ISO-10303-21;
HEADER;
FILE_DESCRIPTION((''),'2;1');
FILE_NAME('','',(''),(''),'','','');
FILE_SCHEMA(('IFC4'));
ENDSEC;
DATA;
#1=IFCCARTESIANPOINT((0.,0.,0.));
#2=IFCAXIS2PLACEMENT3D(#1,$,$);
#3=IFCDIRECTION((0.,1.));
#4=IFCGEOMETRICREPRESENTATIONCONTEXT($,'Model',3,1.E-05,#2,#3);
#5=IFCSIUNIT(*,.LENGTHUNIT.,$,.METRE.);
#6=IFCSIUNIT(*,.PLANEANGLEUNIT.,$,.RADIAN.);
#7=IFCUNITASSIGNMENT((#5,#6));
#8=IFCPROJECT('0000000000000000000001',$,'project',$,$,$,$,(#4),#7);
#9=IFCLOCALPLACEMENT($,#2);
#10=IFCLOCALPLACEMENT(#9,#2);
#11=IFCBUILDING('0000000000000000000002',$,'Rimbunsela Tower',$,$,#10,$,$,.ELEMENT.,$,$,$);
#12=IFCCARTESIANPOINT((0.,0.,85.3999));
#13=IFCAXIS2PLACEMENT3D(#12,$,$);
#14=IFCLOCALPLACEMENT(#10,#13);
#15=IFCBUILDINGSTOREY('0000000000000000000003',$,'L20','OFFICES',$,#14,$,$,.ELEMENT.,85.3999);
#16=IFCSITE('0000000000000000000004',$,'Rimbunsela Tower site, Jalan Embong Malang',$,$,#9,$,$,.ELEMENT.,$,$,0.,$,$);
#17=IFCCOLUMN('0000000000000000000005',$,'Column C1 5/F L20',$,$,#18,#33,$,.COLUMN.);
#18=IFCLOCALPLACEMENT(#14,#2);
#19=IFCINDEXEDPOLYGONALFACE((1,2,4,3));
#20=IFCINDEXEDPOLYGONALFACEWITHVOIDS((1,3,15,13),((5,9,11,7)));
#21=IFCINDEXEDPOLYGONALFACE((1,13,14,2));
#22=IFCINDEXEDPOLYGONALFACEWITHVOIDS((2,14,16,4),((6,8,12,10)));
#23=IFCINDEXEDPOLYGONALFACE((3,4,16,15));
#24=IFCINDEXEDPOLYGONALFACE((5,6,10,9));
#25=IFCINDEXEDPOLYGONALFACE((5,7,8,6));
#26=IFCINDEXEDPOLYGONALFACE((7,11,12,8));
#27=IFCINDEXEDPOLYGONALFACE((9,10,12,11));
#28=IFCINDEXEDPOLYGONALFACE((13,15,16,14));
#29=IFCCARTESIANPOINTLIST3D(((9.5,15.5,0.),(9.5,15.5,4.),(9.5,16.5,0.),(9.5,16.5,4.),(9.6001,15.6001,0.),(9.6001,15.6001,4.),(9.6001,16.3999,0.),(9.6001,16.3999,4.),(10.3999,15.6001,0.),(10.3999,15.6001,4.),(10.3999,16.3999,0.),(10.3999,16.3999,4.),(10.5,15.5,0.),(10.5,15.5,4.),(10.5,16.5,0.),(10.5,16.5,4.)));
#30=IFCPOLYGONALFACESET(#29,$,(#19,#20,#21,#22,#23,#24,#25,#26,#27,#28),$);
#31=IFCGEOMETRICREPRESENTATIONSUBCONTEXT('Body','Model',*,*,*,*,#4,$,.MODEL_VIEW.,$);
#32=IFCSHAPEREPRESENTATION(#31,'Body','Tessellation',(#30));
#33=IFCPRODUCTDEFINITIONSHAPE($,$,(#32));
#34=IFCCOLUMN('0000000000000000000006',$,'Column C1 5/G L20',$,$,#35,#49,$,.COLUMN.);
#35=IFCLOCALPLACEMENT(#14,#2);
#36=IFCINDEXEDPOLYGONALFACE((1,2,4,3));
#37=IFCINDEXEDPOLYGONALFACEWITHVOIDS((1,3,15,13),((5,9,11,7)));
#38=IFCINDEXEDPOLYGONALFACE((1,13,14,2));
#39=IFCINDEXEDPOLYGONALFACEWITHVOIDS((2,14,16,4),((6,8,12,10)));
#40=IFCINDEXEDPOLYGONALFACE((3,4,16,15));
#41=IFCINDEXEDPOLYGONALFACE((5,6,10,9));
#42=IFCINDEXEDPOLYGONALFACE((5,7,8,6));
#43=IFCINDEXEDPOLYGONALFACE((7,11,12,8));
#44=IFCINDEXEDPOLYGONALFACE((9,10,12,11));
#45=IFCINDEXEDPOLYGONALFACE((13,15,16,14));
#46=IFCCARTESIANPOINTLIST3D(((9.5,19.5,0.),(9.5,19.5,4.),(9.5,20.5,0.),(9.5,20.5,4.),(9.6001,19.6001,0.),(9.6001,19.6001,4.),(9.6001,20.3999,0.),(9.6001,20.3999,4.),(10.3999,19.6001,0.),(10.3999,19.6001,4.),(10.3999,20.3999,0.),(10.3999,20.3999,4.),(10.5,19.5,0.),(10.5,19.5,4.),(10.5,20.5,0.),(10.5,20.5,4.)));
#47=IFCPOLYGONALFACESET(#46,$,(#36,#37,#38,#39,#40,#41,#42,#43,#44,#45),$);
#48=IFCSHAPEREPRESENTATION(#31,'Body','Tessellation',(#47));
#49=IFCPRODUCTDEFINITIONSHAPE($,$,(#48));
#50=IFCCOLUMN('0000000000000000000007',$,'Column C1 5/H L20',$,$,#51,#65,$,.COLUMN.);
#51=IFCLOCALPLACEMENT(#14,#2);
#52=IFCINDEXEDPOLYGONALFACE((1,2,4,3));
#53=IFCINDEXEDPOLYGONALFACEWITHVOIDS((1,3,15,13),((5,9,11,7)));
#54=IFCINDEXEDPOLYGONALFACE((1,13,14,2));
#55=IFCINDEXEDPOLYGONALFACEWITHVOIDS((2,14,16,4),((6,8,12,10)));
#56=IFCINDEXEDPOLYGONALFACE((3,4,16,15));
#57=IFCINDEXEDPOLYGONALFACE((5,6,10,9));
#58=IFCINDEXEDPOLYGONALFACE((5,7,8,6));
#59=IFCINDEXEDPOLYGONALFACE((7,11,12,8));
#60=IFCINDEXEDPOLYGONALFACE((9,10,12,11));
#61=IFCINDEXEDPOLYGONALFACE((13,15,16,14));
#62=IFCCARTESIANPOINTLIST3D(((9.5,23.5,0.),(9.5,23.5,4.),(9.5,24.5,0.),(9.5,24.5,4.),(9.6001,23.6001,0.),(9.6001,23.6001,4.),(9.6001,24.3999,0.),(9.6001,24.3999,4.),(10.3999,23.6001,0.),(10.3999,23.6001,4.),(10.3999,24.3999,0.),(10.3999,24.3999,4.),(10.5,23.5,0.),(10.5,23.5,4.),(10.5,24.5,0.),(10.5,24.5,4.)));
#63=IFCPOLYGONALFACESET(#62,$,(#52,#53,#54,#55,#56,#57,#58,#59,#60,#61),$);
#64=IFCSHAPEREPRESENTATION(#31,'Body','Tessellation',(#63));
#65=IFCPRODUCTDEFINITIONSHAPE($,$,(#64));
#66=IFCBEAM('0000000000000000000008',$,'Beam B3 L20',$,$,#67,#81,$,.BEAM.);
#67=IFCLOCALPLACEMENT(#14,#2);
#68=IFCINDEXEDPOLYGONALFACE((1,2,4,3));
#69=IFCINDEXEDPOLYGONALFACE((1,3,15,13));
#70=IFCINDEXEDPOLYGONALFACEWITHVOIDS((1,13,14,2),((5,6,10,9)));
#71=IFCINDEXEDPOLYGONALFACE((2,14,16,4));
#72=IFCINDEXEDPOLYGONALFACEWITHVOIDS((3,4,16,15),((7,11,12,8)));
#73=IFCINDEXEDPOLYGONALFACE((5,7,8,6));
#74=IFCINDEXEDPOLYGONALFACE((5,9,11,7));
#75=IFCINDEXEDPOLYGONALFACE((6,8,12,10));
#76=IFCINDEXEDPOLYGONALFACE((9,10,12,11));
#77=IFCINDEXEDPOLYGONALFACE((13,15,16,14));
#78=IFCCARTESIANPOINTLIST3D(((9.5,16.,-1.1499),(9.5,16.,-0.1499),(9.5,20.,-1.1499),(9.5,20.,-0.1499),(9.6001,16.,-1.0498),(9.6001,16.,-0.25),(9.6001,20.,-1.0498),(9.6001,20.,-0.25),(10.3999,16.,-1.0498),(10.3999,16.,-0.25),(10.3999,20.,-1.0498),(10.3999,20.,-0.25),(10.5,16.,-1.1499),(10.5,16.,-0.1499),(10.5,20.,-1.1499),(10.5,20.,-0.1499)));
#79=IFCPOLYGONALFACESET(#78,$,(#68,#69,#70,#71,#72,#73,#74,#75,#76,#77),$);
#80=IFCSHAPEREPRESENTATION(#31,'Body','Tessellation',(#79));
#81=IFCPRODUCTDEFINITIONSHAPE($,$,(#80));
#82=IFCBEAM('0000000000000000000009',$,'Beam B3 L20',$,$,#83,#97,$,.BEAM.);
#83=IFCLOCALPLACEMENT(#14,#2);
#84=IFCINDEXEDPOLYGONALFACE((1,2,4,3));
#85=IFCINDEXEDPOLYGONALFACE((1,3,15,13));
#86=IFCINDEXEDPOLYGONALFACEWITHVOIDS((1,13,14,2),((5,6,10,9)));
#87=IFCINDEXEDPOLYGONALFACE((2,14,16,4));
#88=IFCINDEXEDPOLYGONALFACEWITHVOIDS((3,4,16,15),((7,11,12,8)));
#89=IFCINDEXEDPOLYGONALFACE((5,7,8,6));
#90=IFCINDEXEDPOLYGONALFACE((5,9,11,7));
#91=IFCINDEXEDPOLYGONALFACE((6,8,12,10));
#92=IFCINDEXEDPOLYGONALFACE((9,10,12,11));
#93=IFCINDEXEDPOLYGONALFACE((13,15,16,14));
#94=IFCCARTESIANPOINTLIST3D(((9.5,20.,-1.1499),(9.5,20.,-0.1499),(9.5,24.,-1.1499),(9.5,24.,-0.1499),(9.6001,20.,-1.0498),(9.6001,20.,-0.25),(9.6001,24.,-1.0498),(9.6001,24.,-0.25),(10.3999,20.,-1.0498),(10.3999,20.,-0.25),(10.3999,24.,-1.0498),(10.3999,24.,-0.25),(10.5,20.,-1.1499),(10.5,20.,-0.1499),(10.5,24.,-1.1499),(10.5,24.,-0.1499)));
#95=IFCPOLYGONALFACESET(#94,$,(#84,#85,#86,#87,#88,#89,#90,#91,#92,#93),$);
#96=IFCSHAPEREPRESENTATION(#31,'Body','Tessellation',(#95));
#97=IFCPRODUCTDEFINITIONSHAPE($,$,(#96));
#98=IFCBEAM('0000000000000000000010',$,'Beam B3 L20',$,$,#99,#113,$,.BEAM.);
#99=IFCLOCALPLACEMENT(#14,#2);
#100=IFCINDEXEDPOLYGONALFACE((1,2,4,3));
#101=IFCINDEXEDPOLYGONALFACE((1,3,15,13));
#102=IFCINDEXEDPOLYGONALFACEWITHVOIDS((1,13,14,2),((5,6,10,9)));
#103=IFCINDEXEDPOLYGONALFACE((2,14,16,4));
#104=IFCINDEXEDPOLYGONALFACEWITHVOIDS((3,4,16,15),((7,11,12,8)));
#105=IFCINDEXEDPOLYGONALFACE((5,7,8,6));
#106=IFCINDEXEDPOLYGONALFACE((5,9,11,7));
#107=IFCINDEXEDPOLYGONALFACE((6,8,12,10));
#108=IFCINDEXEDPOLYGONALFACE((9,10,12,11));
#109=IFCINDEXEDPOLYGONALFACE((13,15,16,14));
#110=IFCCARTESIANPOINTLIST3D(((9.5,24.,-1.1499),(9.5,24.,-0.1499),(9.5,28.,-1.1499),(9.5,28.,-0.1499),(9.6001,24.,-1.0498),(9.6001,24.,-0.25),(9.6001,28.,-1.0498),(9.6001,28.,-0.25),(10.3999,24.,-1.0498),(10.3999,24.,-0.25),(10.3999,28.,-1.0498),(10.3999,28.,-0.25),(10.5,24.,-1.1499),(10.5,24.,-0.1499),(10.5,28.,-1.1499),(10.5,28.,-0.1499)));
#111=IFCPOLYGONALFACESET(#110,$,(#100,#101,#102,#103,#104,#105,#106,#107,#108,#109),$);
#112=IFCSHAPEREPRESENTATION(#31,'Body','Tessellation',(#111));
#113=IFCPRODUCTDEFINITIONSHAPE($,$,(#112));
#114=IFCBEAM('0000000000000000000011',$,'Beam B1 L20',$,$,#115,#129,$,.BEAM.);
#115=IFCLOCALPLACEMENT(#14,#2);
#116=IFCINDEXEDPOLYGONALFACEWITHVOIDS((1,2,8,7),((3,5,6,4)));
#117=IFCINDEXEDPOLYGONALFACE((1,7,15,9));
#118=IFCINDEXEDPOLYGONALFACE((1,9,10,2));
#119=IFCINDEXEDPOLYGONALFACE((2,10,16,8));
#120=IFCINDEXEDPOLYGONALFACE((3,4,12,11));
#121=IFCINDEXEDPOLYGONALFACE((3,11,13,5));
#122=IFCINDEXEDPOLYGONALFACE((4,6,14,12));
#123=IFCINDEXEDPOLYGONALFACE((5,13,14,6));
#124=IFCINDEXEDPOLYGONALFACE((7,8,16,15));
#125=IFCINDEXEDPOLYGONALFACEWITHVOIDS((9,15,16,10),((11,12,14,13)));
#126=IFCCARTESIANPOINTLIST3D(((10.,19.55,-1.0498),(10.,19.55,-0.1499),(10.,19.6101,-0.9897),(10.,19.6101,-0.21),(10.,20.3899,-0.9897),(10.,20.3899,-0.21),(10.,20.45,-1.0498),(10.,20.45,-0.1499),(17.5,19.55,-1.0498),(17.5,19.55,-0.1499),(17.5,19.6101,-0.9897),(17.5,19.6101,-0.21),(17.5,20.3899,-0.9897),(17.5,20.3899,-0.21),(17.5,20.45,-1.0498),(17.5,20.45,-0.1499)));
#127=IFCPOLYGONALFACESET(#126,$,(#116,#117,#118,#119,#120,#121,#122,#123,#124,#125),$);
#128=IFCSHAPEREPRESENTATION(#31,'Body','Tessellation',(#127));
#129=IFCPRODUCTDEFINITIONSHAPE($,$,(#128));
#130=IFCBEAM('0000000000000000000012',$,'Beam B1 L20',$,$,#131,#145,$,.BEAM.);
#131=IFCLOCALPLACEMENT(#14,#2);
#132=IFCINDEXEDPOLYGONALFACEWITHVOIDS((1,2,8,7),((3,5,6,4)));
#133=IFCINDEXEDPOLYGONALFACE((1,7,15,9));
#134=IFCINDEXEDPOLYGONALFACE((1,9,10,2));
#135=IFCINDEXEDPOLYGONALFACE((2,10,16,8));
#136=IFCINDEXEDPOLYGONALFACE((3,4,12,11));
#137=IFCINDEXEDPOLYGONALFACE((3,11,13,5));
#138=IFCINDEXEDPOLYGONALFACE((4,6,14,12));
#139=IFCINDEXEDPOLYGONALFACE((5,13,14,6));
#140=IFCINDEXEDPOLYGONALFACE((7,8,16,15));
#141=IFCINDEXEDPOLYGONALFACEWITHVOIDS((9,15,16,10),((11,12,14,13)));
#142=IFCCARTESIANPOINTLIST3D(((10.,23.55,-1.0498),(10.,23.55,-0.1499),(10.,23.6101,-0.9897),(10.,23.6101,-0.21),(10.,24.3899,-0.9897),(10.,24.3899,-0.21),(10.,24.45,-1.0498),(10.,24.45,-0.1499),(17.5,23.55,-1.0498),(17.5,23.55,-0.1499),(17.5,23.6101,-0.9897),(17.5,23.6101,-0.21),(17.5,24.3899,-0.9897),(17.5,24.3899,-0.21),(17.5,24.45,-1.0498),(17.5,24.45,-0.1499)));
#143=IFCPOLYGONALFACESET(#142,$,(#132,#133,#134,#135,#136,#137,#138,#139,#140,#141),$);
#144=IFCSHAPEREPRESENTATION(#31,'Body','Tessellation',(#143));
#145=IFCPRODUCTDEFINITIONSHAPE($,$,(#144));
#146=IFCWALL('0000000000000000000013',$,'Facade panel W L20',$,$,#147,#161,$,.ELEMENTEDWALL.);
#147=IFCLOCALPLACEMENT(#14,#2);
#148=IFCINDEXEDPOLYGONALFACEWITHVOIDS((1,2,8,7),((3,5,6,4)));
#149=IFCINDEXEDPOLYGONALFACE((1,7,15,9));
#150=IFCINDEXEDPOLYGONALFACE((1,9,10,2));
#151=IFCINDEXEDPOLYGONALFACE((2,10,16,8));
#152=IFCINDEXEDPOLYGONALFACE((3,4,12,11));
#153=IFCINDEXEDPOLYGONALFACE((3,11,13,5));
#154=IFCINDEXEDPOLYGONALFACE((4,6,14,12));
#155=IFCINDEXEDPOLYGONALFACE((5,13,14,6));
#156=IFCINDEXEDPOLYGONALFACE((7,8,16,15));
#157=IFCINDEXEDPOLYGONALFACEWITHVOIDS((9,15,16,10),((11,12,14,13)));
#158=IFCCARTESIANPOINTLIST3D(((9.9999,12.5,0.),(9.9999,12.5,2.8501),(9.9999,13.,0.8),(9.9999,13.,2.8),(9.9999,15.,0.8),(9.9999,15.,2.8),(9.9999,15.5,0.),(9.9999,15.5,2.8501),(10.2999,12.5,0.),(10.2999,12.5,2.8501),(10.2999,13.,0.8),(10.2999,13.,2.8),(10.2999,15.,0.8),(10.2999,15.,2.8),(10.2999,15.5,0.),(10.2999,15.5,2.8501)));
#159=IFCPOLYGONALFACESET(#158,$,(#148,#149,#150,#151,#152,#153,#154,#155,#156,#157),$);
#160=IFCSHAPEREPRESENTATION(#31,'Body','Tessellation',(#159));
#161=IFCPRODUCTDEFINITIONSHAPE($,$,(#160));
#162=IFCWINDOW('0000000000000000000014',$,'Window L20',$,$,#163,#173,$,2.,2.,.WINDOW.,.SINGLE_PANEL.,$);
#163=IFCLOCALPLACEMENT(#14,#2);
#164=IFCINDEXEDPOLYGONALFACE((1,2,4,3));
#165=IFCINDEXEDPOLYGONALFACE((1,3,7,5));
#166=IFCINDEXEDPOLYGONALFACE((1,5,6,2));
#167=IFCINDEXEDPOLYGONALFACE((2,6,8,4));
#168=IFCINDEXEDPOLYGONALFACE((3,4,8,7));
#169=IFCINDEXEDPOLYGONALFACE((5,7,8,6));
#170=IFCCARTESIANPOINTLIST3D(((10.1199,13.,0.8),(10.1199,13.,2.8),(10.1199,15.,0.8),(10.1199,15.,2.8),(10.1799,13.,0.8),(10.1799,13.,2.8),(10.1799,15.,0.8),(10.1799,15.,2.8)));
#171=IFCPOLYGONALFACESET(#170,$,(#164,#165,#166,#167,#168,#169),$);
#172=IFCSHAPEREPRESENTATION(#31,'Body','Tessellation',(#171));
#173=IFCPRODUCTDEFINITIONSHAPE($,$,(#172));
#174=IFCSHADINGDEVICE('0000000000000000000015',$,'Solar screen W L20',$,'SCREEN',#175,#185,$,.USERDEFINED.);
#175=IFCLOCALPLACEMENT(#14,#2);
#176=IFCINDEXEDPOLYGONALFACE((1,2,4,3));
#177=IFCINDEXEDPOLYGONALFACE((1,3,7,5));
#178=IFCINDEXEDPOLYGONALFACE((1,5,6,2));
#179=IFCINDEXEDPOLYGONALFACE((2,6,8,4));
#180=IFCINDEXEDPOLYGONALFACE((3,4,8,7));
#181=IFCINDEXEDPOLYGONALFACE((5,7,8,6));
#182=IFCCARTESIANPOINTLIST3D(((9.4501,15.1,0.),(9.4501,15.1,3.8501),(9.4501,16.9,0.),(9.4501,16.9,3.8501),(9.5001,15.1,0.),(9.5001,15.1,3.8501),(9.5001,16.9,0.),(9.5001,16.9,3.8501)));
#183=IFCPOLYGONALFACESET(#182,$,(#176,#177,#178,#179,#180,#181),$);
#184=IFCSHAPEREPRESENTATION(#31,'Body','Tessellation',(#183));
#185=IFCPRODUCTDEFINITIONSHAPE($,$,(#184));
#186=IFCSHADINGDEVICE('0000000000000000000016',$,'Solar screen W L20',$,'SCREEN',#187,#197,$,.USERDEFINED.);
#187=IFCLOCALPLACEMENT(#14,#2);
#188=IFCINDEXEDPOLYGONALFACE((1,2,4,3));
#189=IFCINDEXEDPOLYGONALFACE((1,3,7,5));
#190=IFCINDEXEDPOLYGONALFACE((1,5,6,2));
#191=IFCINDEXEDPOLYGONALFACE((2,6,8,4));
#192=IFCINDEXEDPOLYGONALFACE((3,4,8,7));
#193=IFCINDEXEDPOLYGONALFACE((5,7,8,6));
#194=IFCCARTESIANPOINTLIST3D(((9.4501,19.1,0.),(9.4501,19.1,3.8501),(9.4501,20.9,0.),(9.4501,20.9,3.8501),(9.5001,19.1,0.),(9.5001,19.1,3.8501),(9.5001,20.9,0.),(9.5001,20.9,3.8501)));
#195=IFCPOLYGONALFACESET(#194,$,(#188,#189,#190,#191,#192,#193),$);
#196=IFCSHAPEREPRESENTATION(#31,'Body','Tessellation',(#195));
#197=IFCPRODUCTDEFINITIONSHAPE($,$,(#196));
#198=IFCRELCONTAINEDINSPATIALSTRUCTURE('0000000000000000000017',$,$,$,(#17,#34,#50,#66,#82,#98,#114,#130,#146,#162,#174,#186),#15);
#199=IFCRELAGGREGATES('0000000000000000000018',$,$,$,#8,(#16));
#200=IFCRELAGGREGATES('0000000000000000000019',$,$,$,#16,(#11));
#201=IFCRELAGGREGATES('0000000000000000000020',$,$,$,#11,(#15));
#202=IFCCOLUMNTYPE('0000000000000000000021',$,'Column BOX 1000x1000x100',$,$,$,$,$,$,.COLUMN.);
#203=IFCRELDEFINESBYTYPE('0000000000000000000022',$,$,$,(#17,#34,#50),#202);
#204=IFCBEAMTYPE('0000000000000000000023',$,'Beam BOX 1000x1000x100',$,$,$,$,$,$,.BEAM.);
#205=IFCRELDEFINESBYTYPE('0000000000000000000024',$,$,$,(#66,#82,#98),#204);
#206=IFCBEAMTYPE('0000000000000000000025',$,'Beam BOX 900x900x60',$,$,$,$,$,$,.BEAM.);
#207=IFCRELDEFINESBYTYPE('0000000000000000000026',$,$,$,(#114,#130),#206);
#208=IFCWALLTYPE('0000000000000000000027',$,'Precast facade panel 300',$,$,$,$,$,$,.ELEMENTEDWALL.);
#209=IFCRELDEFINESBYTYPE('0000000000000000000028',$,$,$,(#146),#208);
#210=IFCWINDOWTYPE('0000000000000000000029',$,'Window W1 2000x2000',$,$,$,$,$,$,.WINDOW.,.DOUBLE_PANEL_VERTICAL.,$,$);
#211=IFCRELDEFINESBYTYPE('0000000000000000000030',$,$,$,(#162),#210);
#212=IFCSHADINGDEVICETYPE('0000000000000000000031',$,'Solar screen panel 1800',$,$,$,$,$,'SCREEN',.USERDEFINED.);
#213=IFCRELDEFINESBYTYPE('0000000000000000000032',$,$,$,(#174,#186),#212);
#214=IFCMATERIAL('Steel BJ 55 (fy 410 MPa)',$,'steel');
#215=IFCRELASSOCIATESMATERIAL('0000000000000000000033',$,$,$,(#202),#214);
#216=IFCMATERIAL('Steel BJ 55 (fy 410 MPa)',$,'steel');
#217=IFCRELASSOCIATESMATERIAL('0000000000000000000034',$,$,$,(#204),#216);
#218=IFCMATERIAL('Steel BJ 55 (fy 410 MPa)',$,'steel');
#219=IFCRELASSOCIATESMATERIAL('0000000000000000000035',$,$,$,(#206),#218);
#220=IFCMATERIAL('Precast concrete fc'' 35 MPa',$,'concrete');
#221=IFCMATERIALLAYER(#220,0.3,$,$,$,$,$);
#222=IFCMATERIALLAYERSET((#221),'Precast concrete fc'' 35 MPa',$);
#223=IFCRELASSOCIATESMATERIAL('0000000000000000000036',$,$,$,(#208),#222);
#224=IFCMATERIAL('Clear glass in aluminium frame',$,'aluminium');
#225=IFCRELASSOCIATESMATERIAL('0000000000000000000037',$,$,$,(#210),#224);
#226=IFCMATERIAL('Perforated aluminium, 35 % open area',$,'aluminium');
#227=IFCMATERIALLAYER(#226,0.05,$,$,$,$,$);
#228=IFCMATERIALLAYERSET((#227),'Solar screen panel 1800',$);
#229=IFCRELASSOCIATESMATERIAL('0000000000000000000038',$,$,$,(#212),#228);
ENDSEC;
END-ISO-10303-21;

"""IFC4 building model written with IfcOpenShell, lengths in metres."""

from ifc_helpers import new_model, si_unit, direction, frame, frame_2d, origin, origin_2d, place, context, subcontext, project, spatial, rectangle, hollow_rectangle, extrude, material, layer, layer_set, material_profile, profile_set, type_object, element, fill, save


model = new_model("IFC4")

# Units and contexts
model_context = context("Model", 3, precision=1e-05, world=origin(), true_north=direction((0.0, 1.0)))
body_context = subcontext(model_context, "Body", "Model", "MODEL_VIEW")
ifc_project = project(units=[si_unit("LENGTHUNIT", "METRE"), si_unit("PLANEANGLEUNIT", "RADIAN")], contexts=[model_context])

# Site, building, storey
site_placement = place(None, origin())
site = spatial("IfcSite", under=ifc_project, at=site_placement, Name="Rimbunsela Tower site, Jalan Embong Malang", CompositionType="ELEMENT", RefElevation=0.0)
building_placement = place(site_placement, origin())
building = spatial("IfcBuilding", under=site, at=building_placement, Name="Rimbunsela Tower", CompositionType="ELEMENT")
storey_placement = place(building_placement, frame((0.0, 0.0, 85.3999)))
storey = spatial("IfcBuildingStorey", under=building, at=storey_placement, Name="L20", Description="OFFICES", CompositionType="ELEMENT", Elevation=85.3999)

# Columns
ifc_material_1 = material(Name="Steel BJ 55 (fy 410 MPa)", Category="steel")
ifc_material_profile_1 = material_profile(ifc_material_1, hollow_rectangle(XDim=1.0, YDim=1.0, WallThickness=0.1001, at=origin_2d()), Name="BOX 1000x1000x100")
ifc_profile_set_1 = profile_set([ifc_material_profile_1], Name="Steel BJ 55 (fy 410 MPa)")
column_type = type_object("IfcColumnType", Name="Column BOX 1000x1000x100", PredefinedType="COLUMN", material=ifc_profile_set_1)
for number, where, z_axis, x_axis, name in (
    (1, (10.0, 16.0, 0.0), (0.0, 0.0, 1.0), (1.0, 0.0, 0.0), "Column C1 5/F L20"),
    (2, (10.0, 20.0, 0.0), (0.0, 0.0, 1.0), (1.0, 0.0, 0.0), "Column C1 5/G L20"),
    (3, (10.0, 24.0, 0.0), (0.0, 0.0, 1.0), (1.0, 0.0, 0.0), "Column C1 5/H L20"),
):
    element("IfcColumn", number, at=place(storey_placement, frame(where, z_axis=z_axis, x_axis=x_axis)), inside=storey, type_object=column_type, Name=name, PredefinedType="COLUMN", context=body_context, shape_type="SweptSolid", body=[
        extrude(hollow_rectangle(XDim=1.0, YDim=1.0, WallThickness=0.1001, at=origin_2d()), origin(), (0.0, 0.0, 1.0), 4.0),
    ])

# Beams
ifc_material_2 = material(Name="Steel BJ 55 (fy 410 MPa)", Category="steel")
ifc_material_profile_2 = material_profile(ifc_material_2, hollow_rectangle(XDim=1.0, YDim=1.0, WallThickness=0.1001, at=origin_2d()), Name="BOX 1000x1000x100")
ifc_profile_set_2 = profile_set([ifc_material_profile_2], Name="Steel BJ 55 (fy 410 MPa)")
beam_type_1 = type_object("IfcBeamType", Name="Beam BOX 1000x1000x100", PredefinedType="BEAM", material=ifc_profile_set_2)
for number, where, z_axis, x_axis, name in (
    (4, (10.0, 16.0, -0.6499), (0.0, 1.0, 0.0), (-1.0, 0.0, 0.0), "Beam B3 L20"),
    (5, (10.0, 20.0, -0.6499), (0.0, 1.0, 0.0), (-1.0, 0.0, 0.0), "Beam B3 L20"),
    (6, (10.0, 24.0, -0.6499), (0.0, 1.0, 0.0), (-1.0, 0.0, 0.0), "Beam B3 L20"),
):
    element("IfcBeam", number, at=place(storey_placement, frame(where, z_axis=z_axis, x_axis=x_axis)), inside=storey, type_object=beam_type_1, Name=name, PredefinedType="BEAM", context=body_context, shape_type="SweptSolid", body=[
        extrude(hollow_rectangle(XDim=1.0, YDim=1.0, WallThickness=0.1001, at=origin_2d()), origin(), (0.0, 0.0, 1.0), 4.0),
    ])
ifc_material_3 = material(Name="Steel BJ 55 (fy 410 MPa)", Category="steel")
ifc_material_profile_3 = material_profile(ifc_material_3, hollow_rectangle(XDim=0.8999, YDim=0.8999, WallThickness=0.0601, at=origin_2d()), Name="BOX 900x900x60")
ifc_profile_set_3 = profile_set([ifc_material_profile_3], Name="Steel BJ 55 (fy 410 MPa)")
beam_type_2 = type_object("IfcBeamType", Name="Beam BOX 900x900x60", PredefinedType="BEAM", material=ifc_profile_set_3)
for number, where, z_axis, x_axis, name in (
    (7, (10.0, 20.0, -0.5999), (1.0, 0.0, 0.0), (0.0, 1.0, 0.0), "Beam B1 L20"),
    (8, (10.0, 24.0, -0.5999), (1.0, 0.0, 0.0), (0.0, 1.0, 0.0), "Beam B1 L20"),
):
    element("IfcBeam", number, at=place(storey_placement, frame(where, z_axis=z_axis, x_axis=x_axis)), inside=storey, type_object=beam_type_2, Name=name, PredefinedType="BEAM", context=body_context, shape_type="SweptSolid", body=[
        extrude(hollow_rectangle(XDim=0.8999, YDim=0.8999, WallThickness=0.0601, at=origin_2d()), origin(), (0.0, 0.0, 1.0), 7.5),
    ])

# Wall, opening, window
ifc_material_4 = material(Name="Precast concrete fc' 35 MPa", Category="concrete")
ifc_layer_1 = layer(ifc_material_4, 0.3)
ifc_layer_set_1 = layer_set([ifc_layer_1], Name="Precast concrete fc' 35 MPa")
wall_type = type_object("IfcWallType", Name="Precast facade panel 300", PredefinedType="ELEMENTEDWALL", material=ifc_layer_set_1)
wall_placement = place(storey_placement, frame((10.1499, 15.5, 0.0), z_axis=(0.0, 0.0, 1.0), x_axis=(0.0, -1.0, 0.0)))
wall = element("IfcWall", 9, at=wall_placement, inside=storey, type_object=wall_type, Name="Facade panel W L20", PredefinedType="ELEMENTEDWALL", context=body_context, shape_type="SweptSolid", body=[
    extrude(rectangle(XDim=3.0, YDim=0.3, at=frame_2d((1.5, 0.0))), origin(), (0.0, 0.0, 1.0), 2.8501),
])
opening_placement = place(wall_placement, frame((0.5, 0.0, 0.8)))
opening = element("IfcOpeningElement", 10, at=opening_placement, cuts=wall, PredefinedType="OPENING", context=body_context, shape_type="SweptSolid", body=[
    extrude(rectangle(XDim=2.0, YDim=2.0, at=frame_2d((1.0, 1.0))), frame((0.0, 0.1599, 0.0), z_axis=(0.0, -1.0, 0.0), x_axis=(1.0, 0.0, 0.0)), (0.0, 0.0, 1.0), 0.3201),
])
ifc_material_5 = material(Name="Clear glass in aluminium frame", Category="aluminium")
window_type = type_object("IfcWindowType", Name="Window W1 2000x2000", PartitioningType="DOUBLE_PANEL_VERTICAL", PredefinedType="WINDOW", material=ifc_material_5)
window_placement = place(opening_placement, origin())
window = element("IfcWindow", 11, at=window_placement, inside=storey, type_object=window_type, Name="Window L20", OverallHeight=2.0, OverallWidth=2.0, PartitioningType="SINGLE_PANEL", PredefinedType="WINDOW", context=body_context, shape_type="SweptSolid", body=[
    extrude(rectangle(XDim=2.0, YDim=2.0, at=frame_2d((1.0, 1.0))), frame((0.0, 0.03, 0.0), z_axis=(0.0, -1.0, 0.0), x_axis=(1.0, 0.0, 0.0)), (0.0, 0.0, 1.0), 0.0601),
])
fill(opening, window)

# Shading devices
ifc_material_6 = material(Name="Perforated aluminium, 35 % open area", Category="aluminium")
ifc_layer_2 = layer(ifc_material_6, 0.05)
ifc_layer_set_2 = layer_set([ifc_layer_2], Name="Solar screen panel 1800")
shading_device_type = type_object("IfcShadingDeviceType", Name="Solar screen panel 1800", ElementType="SCREEN", PredefinedType="USERDEFINED", material=ifc_layer_set_2)
for number, where, z_axis, x_axis, name in (
    (12, (9.4751, 16.0, 0.0), (0.0, 0.0, 1.0), (0.0, 1.0, 0.0), "Solar screen W L20"),
    (13, (9.4751, 20.0, 0.0), (0.0, 0.0, 1.0), (0.0, 1.0, 0.0), "Solar screen W L20"),
):
    element("IfcShadingDevice", number, at=place(storey_placement, frame(where, z_axis=z_axis, x_axis=x_axis)), inside=storey, type_object=shading_device_type, Name=name, ObjectType="SCREEN", PredefinedType="USERDEFINED", context=body_context, shape_type="SweptSolid", body=[
        extrude(rectangle(XDim=1.8, YDim=0.05, at=origin_2d()), origin(), (0.0, 0.0, 1.0), 3.8501),
    ])

save(model, "model.ifc")
